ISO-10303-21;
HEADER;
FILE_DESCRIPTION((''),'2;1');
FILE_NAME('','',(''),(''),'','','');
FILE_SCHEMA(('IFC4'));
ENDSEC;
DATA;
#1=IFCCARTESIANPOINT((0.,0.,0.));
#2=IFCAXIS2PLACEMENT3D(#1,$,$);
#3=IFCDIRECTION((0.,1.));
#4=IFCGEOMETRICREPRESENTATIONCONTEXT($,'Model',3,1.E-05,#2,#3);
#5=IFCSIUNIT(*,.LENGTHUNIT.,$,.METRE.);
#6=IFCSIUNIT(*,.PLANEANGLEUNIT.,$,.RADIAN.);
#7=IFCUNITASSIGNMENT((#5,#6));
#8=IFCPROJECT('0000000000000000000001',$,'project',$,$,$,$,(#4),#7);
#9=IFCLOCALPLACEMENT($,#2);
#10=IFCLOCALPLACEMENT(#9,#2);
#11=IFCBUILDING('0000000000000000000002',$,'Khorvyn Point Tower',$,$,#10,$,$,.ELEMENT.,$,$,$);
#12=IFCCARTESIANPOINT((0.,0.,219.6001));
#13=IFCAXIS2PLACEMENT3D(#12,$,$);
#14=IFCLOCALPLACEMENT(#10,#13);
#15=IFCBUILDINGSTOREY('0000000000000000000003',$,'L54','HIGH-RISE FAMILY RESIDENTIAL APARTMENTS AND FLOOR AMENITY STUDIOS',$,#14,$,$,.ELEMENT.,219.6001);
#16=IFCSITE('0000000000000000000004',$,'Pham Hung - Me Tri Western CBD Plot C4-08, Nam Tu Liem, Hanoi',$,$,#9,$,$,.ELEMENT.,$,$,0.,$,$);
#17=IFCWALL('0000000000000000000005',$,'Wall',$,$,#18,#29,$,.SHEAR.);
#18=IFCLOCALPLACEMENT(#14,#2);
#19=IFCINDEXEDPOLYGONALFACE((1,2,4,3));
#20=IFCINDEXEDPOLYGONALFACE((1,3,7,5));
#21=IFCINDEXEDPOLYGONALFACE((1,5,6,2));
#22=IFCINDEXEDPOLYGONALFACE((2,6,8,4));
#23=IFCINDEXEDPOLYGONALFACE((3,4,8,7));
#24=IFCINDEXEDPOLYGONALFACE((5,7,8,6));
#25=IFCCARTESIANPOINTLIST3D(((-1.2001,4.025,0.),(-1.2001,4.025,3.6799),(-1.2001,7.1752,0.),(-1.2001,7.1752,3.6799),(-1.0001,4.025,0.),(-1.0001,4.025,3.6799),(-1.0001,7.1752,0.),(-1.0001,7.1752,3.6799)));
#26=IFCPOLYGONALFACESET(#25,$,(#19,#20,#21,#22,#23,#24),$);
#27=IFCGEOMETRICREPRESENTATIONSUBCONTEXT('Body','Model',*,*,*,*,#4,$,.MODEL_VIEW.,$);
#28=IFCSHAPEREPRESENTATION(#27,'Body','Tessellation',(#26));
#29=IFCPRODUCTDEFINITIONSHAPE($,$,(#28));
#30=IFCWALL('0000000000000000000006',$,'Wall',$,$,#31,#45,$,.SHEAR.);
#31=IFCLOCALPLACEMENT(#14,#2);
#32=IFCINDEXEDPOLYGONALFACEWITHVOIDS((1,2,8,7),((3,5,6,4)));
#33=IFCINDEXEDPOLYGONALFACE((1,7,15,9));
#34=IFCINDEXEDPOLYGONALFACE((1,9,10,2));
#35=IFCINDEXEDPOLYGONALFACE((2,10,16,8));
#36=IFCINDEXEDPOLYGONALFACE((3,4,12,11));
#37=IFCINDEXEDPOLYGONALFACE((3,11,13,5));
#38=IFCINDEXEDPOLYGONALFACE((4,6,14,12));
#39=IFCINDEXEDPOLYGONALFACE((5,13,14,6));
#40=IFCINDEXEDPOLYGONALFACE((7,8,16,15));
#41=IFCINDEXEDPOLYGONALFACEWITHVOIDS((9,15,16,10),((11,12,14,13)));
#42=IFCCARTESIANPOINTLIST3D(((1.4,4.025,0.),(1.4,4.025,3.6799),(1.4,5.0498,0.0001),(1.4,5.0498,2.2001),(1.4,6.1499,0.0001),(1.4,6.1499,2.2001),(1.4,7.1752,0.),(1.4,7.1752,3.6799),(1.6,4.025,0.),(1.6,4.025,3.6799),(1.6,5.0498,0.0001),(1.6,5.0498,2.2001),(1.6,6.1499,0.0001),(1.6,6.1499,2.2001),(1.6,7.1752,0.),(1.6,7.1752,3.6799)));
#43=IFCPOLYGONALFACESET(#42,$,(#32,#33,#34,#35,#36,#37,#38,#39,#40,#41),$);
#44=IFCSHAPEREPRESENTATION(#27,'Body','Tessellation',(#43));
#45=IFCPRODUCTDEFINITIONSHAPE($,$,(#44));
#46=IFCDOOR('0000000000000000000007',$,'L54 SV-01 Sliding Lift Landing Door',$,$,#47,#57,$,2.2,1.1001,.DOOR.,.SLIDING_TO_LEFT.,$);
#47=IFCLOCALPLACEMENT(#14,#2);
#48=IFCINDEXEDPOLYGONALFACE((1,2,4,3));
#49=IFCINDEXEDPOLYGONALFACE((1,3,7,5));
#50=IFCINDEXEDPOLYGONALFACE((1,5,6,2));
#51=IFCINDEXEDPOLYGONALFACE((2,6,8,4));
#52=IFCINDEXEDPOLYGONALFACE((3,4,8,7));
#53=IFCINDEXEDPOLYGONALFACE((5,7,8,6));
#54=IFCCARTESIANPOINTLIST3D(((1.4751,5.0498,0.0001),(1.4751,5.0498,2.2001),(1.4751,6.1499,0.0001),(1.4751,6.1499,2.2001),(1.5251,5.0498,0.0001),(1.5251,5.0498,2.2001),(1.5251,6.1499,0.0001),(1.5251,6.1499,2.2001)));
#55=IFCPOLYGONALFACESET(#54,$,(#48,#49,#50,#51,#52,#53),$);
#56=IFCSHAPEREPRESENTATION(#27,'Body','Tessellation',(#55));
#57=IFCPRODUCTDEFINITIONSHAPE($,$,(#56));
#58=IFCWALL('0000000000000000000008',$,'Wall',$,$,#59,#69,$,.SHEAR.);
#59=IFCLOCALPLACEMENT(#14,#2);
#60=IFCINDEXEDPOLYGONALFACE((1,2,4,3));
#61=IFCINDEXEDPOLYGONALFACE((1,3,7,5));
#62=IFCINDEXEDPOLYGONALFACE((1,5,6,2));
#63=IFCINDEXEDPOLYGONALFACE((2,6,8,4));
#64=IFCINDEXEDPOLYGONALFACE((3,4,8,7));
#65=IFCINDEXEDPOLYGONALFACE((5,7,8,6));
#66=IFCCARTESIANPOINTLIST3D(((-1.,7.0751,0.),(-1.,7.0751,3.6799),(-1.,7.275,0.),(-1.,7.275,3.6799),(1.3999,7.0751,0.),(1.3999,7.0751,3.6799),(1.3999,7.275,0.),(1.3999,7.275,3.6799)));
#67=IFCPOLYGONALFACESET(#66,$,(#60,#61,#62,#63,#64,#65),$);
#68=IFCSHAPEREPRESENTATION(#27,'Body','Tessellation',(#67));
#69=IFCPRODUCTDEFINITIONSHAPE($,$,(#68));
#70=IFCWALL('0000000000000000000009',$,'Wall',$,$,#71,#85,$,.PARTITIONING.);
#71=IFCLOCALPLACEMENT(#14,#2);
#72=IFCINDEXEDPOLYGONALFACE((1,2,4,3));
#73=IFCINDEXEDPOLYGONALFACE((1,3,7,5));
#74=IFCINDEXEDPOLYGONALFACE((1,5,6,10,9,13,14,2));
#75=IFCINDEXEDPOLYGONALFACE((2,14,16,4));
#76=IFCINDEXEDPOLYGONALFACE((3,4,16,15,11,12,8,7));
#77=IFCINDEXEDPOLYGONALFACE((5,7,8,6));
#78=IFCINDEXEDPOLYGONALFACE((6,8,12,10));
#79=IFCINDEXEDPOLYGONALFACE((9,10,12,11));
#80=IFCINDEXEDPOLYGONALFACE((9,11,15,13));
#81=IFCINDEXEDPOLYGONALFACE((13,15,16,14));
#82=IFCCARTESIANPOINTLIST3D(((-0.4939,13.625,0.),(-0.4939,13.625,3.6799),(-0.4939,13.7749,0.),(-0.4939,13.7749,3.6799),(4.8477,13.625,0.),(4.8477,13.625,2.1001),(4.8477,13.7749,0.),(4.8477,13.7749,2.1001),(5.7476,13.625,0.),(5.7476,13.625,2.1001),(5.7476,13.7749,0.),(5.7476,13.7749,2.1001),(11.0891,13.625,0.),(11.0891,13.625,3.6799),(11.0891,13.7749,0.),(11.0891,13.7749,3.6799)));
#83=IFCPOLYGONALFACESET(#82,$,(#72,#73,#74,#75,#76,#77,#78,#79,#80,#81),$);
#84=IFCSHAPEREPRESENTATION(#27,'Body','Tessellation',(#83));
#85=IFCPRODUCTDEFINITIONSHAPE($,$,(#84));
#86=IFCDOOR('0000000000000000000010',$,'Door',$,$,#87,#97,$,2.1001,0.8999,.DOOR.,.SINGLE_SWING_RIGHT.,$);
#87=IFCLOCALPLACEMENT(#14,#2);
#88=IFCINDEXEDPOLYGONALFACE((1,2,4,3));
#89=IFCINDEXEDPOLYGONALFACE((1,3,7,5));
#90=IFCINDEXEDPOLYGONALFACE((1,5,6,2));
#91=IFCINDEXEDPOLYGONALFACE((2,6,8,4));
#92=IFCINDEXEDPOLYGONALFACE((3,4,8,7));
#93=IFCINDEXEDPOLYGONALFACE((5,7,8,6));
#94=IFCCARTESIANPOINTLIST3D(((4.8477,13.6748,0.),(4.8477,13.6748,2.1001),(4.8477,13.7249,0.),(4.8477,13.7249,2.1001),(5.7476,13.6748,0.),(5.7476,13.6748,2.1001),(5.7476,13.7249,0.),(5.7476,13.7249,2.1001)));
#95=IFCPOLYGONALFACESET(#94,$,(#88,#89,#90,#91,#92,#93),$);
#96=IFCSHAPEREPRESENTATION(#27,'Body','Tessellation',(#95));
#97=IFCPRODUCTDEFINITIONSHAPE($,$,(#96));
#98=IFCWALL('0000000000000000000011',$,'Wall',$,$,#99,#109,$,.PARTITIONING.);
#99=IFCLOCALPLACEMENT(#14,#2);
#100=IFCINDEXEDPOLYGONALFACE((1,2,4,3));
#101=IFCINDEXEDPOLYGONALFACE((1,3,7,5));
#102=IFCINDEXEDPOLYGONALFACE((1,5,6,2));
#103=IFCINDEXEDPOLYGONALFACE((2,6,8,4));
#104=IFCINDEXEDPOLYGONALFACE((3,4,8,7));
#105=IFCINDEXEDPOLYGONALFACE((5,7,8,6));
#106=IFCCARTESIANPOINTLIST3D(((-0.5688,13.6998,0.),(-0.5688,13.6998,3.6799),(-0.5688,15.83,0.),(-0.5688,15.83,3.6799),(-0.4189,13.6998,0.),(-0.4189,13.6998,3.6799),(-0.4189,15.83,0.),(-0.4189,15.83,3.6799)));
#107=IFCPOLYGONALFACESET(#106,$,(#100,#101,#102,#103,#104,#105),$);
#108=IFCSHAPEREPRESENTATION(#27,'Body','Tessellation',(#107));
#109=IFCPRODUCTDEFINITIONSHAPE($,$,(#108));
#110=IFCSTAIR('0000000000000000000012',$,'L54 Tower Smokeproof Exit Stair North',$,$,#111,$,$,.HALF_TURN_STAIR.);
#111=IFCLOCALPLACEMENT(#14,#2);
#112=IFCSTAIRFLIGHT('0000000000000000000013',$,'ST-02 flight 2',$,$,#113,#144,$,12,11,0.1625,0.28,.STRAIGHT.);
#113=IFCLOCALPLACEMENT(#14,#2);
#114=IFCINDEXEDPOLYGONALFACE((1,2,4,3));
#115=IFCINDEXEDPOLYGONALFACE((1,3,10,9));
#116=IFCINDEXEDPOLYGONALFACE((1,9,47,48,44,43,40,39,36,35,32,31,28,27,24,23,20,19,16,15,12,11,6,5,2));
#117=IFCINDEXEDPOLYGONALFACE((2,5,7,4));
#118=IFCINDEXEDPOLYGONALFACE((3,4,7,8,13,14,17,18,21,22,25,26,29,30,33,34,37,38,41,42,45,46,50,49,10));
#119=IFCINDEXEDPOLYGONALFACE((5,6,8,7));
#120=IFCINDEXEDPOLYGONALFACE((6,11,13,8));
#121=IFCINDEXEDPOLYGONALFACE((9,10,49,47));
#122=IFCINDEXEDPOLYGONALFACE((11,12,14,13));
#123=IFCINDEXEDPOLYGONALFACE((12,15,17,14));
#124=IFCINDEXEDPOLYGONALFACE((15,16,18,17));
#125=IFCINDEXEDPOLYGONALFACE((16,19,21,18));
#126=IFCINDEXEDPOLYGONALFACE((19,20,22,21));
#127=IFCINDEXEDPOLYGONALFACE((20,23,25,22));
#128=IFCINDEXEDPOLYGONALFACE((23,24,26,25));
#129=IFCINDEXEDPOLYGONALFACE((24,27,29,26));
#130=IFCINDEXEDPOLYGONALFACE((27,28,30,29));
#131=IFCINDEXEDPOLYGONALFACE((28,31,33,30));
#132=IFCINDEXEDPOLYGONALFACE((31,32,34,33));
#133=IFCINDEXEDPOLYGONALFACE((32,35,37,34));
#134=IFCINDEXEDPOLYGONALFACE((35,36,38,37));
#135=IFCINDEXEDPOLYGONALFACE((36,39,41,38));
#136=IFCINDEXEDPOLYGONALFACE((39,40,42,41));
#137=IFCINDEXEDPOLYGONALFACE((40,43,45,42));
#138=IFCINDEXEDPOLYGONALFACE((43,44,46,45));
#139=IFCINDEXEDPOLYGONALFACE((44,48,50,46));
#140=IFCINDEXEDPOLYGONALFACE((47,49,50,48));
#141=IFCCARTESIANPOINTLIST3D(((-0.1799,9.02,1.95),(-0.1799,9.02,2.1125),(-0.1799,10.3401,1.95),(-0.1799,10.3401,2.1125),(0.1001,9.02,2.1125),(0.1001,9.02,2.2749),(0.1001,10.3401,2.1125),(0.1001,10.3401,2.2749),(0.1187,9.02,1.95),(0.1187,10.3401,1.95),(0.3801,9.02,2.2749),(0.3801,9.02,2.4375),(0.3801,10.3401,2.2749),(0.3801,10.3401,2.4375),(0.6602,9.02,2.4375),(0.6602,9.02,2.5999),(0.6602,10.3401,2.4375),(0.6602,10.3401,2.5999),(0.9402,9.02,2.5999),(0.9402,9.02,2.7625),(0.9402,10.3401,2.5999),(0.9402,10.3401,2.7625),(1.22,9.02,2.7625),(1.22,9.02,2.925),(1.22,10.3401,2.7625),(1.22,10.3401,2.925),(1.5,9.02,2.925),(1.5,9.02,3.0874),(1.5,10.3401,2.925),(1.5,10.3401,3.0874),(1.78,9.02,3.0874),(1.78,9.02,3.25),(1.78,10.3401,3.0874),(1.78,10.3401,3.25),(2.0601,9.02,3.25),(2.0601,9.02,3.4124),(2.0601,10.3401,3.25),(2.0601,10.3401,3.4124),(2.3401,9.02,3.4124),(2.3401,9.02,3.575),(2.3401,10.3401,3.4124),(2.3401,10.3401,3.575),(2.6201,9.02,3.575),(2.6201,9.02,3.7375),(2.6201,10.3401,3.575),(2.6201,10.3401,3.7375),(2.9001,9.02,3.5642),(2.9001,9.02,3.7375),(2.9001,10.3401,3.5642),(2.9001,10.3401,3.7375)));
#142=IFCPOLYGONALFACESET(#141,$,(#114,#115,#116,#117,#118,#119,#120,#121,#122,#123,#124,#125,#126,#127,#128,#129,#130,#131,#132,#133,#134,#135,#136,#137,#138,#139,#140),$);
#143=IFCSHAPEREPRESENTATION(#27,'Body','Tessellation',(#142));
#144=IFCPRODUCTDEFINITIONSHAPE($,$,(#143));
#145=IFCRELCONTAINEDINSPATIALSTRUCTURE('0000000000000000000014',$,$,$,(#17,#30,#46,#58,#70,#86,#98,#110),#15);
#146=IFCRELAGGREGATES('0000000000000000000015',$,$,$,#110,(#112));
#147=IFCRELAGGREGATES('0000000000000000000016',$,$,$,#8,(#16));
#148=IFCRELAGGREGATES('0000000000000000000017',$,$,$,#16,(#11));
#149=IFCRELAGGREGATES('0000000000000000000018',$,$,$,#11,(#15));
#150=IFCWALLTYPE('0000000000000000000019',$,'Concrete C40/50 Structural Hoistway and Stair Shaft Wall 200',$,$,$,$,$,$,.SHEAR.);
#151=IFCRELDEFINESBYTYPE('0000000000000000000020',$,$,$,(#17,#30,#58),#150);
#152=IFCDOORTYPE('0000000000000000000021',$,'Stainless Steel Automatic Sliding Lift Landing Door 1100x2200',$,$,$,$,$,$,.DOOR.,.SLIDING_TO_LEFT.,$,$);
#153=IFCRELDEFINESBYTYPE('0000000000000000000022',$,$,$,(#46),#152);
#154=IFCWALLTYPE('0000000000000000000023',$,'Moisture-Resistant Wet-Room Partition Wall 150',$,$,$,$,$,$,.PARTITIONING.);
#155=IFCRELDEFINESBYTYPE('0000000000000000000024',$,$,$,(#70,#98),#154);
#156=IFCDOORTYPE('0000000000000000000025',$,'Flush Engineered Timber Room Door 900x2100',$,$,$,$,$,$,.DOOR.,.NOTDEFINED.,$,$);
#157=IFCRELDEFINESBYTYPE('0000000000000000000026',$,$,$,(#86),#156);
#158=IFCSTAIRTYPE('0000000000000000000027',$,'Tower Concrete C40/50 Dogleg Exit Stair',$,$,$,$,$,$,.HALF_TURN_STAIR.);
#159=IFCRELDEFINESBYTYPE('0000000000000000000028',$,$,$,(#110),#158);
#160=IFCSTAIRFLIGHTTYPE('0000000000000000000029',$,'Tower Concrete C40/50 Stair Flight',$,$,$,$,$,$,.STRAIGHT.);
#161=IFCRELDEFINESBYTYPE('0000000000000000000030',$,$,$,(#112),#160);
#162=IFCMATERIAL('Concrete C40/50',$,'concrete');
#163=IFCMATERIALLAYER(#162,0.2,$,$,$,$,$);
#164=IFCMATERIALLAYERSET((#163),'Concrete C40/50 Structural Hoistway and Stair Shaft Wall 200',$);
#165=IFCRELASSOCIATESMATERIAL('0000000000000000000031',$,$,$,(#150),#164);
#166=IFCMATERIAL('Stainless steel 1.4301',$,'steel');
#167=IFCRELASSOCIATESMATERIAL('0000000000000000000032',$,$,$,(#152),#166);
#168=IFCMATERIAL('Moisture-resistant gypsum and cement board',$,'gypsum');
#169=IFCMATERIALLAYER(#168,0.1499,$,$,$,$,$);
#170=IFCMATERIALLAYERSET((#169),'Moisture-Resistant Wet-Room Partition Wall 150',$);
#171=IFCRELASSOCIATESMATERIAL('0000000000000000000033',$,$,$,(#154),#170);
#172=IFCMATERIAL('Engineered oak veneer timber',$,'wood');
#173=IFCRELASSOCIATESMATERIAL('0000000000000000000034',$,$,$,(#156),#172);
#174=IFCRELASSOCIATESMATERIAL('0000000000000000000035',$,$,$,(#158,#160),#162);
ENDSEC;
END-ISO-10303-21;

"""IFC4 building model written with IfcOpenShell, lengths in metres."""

from ifc_helpers import new_model, si_unit, direction, frame, frame_2d, origin, place, context, subcontext, project, spatial, polyline, rectangle, outline, extrude, material, layer, layer_set, type_object, element, fill, aggregate, save


model = new_model("IFC4")

# Units and contexts
model_context = context("Model", 3, precision=1e-05, world=origin(), true_north=direction((0.0, 1.0)))
body_context = subcontext(model_context, "Body", "Model", "MODEL_VIEW")
ifc_project = project(units=[si_unit("LENGTHUNIT", "METRE"), si_unit("PLANEANGLEUNIT", "RADIAN")], contexts=[model_context])

# Site, building, storey
site_placement = place(None, origin())
site = spatial("IfcSite", under=ifc_project, at=site_placement, Name="Pham Hung - Me Tri Western CBD Plot C4-08, Nam Tu Liem, Hanoi", CompositionType="ELEMENT", RefElevation=0.0)
building_placement = place(site_placement, origin())
building = spatial("IfcBuilding", under=site, at=building_placement, Name="Khorvyn Point Tower", CompositionType="ELEMENT")
storey_placement = place(building_placement, frame((0.0, 0.0, 219.6001)))
storey = spatial("IfcBuildingStorey", under=building, at=storey_placement, Name="L54", Description="HIGH-RISE FAMILY RESIDENTIAL APARTMENTS AND FLOOR AMENITY STUDIOS", CompositionType="ELEMENT", Elevation=219.6001)

# Shared definitions
ifc_material_1 = material(Name="Concrete C40/50", Category="concrete")

# Shared definitions
ifc_layer_1 = layer(ifc_material_1, 0.2)
ifc_layer_set_1 = layer_set([ifc_layer_1], Name="Concrete C40/50 Structural Hoistway and Stair Shaft Wall 200")
wall_type_1 = type_object("IfcWallType", Name="Concrete C40/50 Structural Hoistway and Stair Shaft Wall 200", PredefinedType="SHEAR", material=ifc_layer_set_1)

# Shared definitions
ifc_material_2 = material(Name="Stainless steel 1.4301", Category="steel")
door_type_1 = type_object("IfcDoorType", Name="Stainless Steel Automatic Sliding Lift Landing Door 1100x2200", OperationType="SLIDING_TO_LEFT", PredefinedType="DOOR", material=ifc_material_2)

# Wall
wall_1_placement = place(storey_placement, frame((-1.1001, 4.0249, 0.0), z_axis=(0.0, 0.0, 1.0), x_axis=(0.0, 1.0, 0.0)))
element("IfcWall", 1, at=wall_1_placement, inside=storey, type_object=wall_type_1, Name="Wall", PredefinedType="SHEAR", context=body_context, shape_type="SweptSolid", body=[
    extrude(rectangle(XDim=3.1501, YDim=0.2, at=frame_2d((1.5752, 0.0))), origin(), (0.0, 0.0, 1.0), 3.6799),
])

# Wall, opening, door
wall_2_placement = place(storey_placement, frame((1.5, 4.0249, 0.0), z_axis=(0.0, 0.0, 1.0), x_axis=(0.0, 1.0, 0.0)))
wall_2 = element("IfcWall", 2, at=wall_2_placement, inside=storey, type_object=wall_type_1, Name="Wall", PredefinedType="SHEAR", context=body_context, shape_type="SweptSolid", body=[
    extrude(rectangle(XDim=3.1501, YDim=0.2, at=frame_2d((1.5752, 0.0))), origin(), (0.0, 0.0, 1.0), 3.6799),
])
opening_1_placement = place(wall_2_placement, frame((1.0249, 0.0, 0.0)))
opening_1 = element("IfcOpeningElement", 3, at=opening_1_placement, cuts=wall_2, PredefinedType="OPENING", context=body_context, shape_type="SweptSolid", body=[
    extrude(rectangle(XDim=1.1001, YDim=2.2, at=frame_2d((0.55, 1.1001))), frame((0.0, 0.1099, 0.0), z_axis=(0.0, -1.0, 0.0), x_axis=(1.0, 0.0, 0.0)), (0.0, 0.0, 1.0), 0.22),
])
door_1_placement = place(opening_1_placement, origin())
door_1 = element("IfcDoor", 4, at=door_1_placement, inside=storey, type_object=door_type_1, Name="L54 SV-01 Sliding Lift Landing Door", OperationType="SLIDING_TO_LEFT", OverallHeight=2.2, OverallWidth=1.1001, PredefinedType="DOOR", context=body_context, shape_type="SweptSolid", body=[
    extrude(rectangle(XDim=1.1001, YDim=2.2, at=frame_2d((0.55, 1.1001))), frame((0.0, 0.0249, 0.0), z_axis=(0.0, -1.0, 0.0), x_axis=(1.0, 0.0, 0.0)), (0.0, 0.0, 1.0), 0.05),
])
fill(opening_1, door_1)

# Wall
wall_3_placement = place(storey_placement, frame((-1.0, 7.175, 0.0), z_axis=(0.0, 0.0, 1.0), x_axis=(1.0, 0.0, 0.0)))
element("IfcWall", 5, at=wall_3_placement, inside=storey, type_object=wall_type_1, Name="Wall", PredefinedType="SHEAR", context=body_context, shape_type="SweptSolid", body=[
    extrude(rectangle(XDim=2.3999, YDim=0.2, at=frame_2d((1.2, 0.0))), origin(), (0.0, 0.0, 1.0), 3.6799),
])

# Wall, opening, door
ifc_material_3 = material(Name="Moisture-resistant gypsum and cement board", Category="gypsum")
ifc_layer_2 = layer(ifc_material_3, 0.1499)
ifc_layer_set_2 = layer_set([ifc_layer_2], Name="Moisture-Resistant Wet-Room Partition Wall 150")
wall_type_2 = type_object("IfcWallType", Name="Moisture-Resistant Wet-Room Partition Wall 150", PredefinedType="PARTITIONING", material=ifc_layer_set_2)
wall_4_placement = place(storey_placement, frame((-0.4939, 13.7, 0.0), z_axis=(0.0, 0.0, 1.0), x_axis=(1.0, 0.0, 0.0)))
wall_4 = element("IfcWall", 6, at=wall_4_placement, inside=storey, type_object=wall_type_2, Name="Wall", PredefinedType="PARTITIONING", context=body_context, shape_type="SweptSolid", body=[
    extrude(rectangle(XDim=11.583, YDim=0.1499, at=frame_2d((5.7915, 0.0))), origin(), (0.0, 0.0, 1.0), 3.6799),
])
opening_2_placement = place(wall_4_placement, frame((5.3416, 0.0, 0.0)))
opening_2 = element("IfcOpeningElement", 7, at=opening_2_placement, cuts=wall_4, PredefinedType="OPENING", context=body_context, shape_type="SweptSolid", body=[
    extrude(rectangle(XDim=0.8999, YDim=2.1001, at=frame_2d((0.45, 1.05))), frame((0.0, 0.085, 0.0), z_axis=(0.0, -1.0, 0.0), x_axis=(1.0, 0.0, 0.0)), (0.0, 0.0, 1.0), 0.1699),
])
ifc_material_4 = material(Name="Engineered oak veneer timber", Category="wood")
door_type_2 = type_object("IfcDoorType", Name="Flush Engineered Timber Room Door 900x2100", OperationType="NOTDEFINED", PredefinedType="DOOR", material=ifc_material_4)
door_2_placement = place(opening_2_placement, origin())
door_2 = element("IfcDoor", 8, at=door_2_placement, inside=storey, type_object=door_type_2, Name="Door", OperationType="SINGLE_SWING_RIGHT", OverallHeight=2.1001, OverallWidth=0.8999, PredefinedType="DOOR", context=body_context, shape_type="SweptSolid", body=[
    extrude(rectangle(XDim=0.8999, YDim=2.1001, at=frame_2d((0.45, 1.05))), frame((0.0, 0.0249, 0.0), z_axis=(0.0, -1.0, 0.0), x_axis=(1.0, 0.0, 0.0)), (0.0, 0.0, 1.0), 0.05),
])
fill(opening_2, door_2)

# Wall
wall_5_placement = place(storey_placement, frame((-0.4939, 13.7, 0.0), z_axis=(0.0, 0.0, 1.0), x_axis=(0.0, 1.0, 0.0)))
element("IfcWall", 9, at=wall_5_placement, inside=storey, type_object=wall_type_2, Name="Wall", PredefinedType="PARTITIONING", context=body_context, shape_type="SweptSolid", body=[
    extrude(rectangle(XDim=2.1301, YDim=0.1499, at=frame_2d((1.0649, 0.0))), origin(), (0.0, 0.0, 1.0), 3.6799),
])

# Stair, stair flight
stair_type = type_object("IfcStairType", Name="Tower Concrete C40/50 Dogleg Exit Stair", PredefinedType="HALF_TURN_STAIR", material=ifc_material_1)
stair_placement = place(storey_placement, origin())
stair = element("IfcStair", 10, at=stair_placement, inside=storey, type_object=stair_type, Name="L54 Tower Smokeproof Exit Stair North", PredefinedType="HALF_TURN_STAIR")
stair_flight_type = type_object("IfcStairFlightType", Name="Tower Concrete C40/50 Stair Flight", PredefinedType="STRAIGHT", material=ifc_material_1)
stair_flight_placement = place(storey_placement, frame((-0.1799, 9.6799, 1.95), z_axis=(0.0, 0.0, 1.0), x_axis=(1.0, 0.0, 0.0)))
stair_flight = element("IfcStairFlight", 11, at=stair_flight_placement, type_object=stair_flight_type, Name="ST-02 flight 2", NumberOfRisers=12, NumberOfTreads=11, PredefinedType="STRAIGHT", RiserHeight=0.1625, TreadLength=0.28, context=body_context, shape_type="SweptSolid", body=[
    extrude(outline(polyline([(0.0, 0.0), (0.0, 0.1626), (0.28, 0.1626), (0.28, 0.325), (0.5601, 0.325), (0.5601, 0.4875), (0.8401, 0.4875), (0.8401, 0.6499), (1.1201, 0.6499), (1.1201, 0.8125), (1.3999, 0.8125), (1.3999, 0.9751), (1.6799, 0.9751), (1.6799, 1.1375), (1.96, 1.1375), (1.96, 1.3), (2.24, 1.3), (2.24, 1.4624), (2.52, 1.4624), (2.52, 1.625), (2.8, 1.625), (2.8, 1.7876), (3.0801, 1.7876), (3.0801, 1.95), (3.0801, 1.6143), (0.2986, 0.0), (0.0, 0.0)])), frame((0.0, 0.6602, 0.0), z_axis=(0.0, -1.0, 0.0), x_axis=(1.0, 0.0, 0.0)), (0.0, 0.0, 1.0), 1.3201),
])
aggregate(stair, [stair_flight])

save(model, "model.ifc")
